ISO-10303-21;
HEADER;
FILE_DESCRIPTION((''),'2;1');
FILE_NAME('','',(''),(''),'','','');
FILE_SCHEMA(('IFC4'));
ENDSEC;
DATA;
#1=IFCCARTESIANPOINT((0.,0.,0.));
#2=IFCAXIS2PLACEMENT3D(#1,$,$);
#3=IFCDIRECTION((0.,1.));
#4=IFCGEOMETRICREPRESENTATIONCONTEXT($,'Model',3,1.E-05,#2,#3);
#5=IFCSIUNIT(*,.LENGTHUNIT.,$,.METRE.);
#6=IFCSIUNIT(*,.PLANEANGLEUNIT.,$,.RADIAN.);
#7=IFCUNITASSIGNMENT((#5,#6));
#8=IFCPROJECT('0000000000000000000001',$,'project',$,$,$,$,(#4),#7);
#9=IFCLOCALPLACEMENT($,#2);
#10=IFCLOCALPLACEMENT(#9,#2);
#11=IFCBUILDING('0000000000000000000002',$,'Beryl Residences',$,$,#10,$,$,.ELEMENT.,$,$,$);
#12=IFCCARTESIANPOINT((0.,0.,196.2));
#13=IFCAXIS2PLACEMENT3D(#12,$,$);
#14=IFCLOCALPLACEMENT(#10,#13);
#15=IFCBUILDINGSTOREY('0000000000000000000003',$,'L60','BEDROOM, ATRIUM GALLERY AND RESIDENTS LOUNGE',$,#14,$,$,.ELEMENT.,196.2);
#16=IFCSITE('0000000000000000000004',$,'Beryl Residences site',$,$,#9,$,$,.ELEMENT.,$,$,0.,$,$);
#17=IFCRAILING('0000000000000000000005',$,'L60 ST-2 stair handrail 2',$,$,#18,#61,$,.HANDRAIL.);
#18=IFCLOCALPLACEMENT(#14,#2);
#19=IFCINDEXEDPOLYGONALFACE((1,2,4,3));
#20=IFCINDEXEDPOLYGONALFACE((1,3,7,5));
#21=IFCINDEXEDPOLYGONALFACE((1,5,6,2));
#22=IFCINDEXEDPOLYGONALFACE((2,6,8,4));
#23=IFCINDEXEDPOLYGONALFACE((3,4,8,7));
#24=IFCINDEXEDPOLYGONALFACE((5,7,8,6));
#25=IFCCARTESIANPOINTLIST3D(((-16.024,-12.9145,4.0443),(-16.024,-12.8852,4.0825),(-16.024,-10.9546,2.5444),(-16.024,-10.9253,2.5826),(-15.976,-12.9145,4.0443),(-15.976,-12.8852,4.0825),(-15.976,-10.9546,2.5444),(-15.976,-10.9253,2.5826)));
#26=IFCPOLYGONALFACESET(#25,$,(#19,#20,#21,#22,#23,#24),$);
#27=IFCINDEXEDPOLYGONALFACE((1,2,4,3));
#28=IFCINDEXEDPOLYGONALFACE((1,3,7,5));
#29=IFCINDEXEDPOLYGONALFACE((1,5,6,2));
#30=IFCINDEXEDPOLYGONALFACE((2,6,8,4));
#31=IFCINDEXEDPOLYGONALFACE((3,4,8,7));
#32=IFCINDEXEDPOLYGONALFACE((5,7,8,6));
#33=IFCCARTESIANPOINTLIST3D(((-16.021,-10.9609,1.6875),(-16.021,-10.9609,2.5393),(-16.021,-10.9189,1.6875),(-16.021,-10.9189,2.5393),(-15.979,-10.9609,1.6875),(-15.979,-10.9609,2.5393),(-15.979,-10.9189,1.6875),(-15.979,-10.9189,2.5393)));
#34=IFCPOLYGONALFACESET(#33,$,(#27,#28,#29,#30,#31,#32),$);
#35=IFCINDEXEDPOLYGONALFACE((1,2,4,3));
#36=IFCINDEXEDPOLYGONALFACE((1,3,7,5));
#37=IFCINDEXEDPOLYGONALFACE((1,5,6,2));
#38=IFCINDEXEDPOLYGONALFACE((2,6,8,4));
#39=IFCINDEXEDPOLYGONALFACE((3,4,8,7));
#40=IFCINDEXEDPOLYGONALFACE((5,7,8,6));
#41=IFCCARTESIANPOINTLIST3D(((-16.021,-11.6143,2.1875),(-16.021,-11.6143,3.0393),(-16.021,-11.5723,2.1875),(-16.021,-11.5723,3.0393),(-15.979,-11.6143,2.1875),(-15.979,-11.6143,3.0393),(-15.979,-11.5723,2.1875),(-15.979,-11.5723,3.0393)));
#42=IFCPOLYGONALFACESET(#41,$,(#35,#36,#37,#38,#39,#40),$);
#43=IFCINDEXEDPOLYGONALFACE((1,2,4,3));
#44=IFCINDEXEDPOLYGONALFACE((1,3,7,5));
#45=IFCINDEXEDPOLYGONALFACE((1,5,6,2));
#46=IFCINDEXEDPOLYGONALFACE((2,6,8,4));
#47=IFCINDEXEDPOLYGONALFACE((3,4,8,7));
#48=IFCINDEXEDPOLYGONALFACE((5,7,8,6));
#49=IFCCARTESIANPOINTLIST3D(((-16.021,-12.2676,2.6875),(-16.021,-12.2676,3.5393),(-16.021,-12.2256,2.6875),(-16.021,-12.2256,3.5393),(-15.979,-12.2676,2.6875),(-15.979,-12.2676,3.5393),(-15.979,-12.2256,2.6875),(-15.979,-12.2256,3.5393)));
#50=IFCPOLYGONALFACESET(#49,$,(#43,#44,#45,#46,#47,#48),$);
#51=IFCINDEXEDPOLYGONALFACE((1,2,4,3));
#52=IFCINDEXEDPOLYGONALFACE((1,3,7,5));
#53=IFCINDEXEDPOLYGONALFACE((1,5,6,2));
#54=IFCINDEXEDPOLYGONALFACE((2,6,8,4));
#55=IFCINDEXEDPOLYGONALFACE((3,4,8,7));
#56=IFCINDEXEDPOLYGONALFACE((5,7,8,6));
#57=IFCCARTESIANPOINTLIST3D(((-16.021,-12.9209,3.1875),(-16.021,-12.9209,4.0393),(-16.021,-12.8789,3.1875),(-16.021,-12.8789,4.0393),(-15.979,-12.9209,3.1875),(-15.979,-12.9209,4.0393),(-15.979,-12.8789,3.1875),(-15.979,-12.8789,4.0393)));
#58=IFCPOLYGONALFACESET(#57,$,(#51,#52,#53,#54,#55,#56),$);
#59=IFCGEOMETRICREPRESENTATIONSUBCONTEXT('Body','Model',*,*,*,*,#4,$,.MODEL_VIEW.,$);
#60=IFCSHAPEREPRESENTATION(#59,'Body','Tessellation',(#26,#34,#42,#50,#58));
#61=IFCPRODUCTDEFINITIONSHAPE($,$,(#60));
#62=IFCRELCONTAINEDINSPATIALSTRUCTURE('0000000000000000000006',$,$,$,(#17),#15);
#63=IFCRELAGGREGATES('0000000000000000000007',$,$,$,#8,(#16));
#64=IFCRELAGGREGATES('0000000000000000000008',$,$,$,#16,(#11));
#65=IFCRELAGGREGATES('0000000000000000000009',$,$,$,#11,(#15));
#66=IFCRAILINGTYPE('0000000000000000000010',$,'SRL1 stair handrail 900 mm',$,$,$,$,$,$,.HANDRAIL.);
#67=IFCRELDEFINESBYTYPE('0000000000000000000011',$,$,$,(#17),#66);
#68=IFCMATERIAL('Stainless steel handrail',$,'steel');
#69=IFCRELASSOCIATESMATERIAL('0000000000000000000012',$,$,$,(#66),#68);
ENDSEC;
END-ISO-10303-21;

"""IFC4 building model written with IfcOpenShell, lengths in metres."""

from ifc_helpers import new_model, si_unit, direction, frame, origin, origin_2d, place, context, subcontext, project, spatial, rectangle, extrude, material, type_object, element, save


model = new_model("IFC4")

# Units and contexts
model_context = context("Model", 3, precision=1e-05, world=origin(), true_north=direction((0.0, 1.0)))
body_context = subcontext(model_context, "Body", "Model", "MODEL_VIEW")
ifc_project = project(units=[si_unit("LENGTHUNIT", "METRE"), si_unit("PLANEANGLEUNIT", "RADIAN")], contexts=[model_context])

# Site, building, storey
site_placement = place(None, origin())
site = spatial("IfcSite", under=ifc_project, at=site_placement, Name="Beryl Residences site", CompositionType="ELEMENT", RefElevation=0.0)
building_placement = place(site_placement, origin())
building = spatial("IfcBuilding", under=site, at=building_placement, Name="Beryl Residences", CompositionType="ELEMENT")
storey_placement = place(building_placement, frame((0.0, 0.0, 196.2)))
storey = spatial("IfcBuildingStorey", under=building, at=storey_placement, Name="L60", Description="BEDROOM, ATRIUM GALLERY AND RESIDENTS LOUNGE", CompositionType="ELEMENT", Elevation=196.2)

# Railing
ifc_material_1 = material(Name="Stainless steel handrail", Category="steel")
railing_type_1 = type_object("IfcRailingType", Name="SRL1 stair handrail 900 mm", PredefinedType="HANDRAIL", material=ifc_material_1)
railing_1_placement = place(storey_placement, frame((-16.0, -10.9399, 1.6875)))
element("IfcRailing", 1, at=railing_1_placement, inside=storey, type_object=railing_type_1, Name="L60 ST-2 stair handrail 2", PredefinedType="HANDRAIL", context=body_context, shape_type="SweptSolid", body=[
    extrude(rectangle(XDim=0.0481, YDim=0.0481, at=origin_2d()), frame((0.0, 0.0, 0.876), z_axis=(0.0, -0.794122, 0.607758), x_axis=(1.0, 0.0, 0.0)), (0.0, 0.0, 1.0), 2.468),
    extrude(rectangle(XDim=0.042, YDim=0.042, at=origin_2d()), origin(), (0.0, 0.0, 1.0), 0.8518),
    extrude(rectangle(XDim=0.042, YDim=0.042, at=origin_2d()), frame((0.0, -0.6533, 0.5)), (0.0, 0.0, 1.0), 0.8518),
    extrude(rectangle(XDim=0.042, YDim=0.042, at=origin_2d()), frame((0.0, -1.3066, 1.0)), (0.0, 0.0, 1.0), 0.8518),
    extrude(rectangle(XDim=0.042, YDim=0.042, at=origin_2d()), frame((0.0, -1.96, 1.5)), (0.0, 0.0, 1.0), 0.8518),
])

save(model, "model.ifc")
